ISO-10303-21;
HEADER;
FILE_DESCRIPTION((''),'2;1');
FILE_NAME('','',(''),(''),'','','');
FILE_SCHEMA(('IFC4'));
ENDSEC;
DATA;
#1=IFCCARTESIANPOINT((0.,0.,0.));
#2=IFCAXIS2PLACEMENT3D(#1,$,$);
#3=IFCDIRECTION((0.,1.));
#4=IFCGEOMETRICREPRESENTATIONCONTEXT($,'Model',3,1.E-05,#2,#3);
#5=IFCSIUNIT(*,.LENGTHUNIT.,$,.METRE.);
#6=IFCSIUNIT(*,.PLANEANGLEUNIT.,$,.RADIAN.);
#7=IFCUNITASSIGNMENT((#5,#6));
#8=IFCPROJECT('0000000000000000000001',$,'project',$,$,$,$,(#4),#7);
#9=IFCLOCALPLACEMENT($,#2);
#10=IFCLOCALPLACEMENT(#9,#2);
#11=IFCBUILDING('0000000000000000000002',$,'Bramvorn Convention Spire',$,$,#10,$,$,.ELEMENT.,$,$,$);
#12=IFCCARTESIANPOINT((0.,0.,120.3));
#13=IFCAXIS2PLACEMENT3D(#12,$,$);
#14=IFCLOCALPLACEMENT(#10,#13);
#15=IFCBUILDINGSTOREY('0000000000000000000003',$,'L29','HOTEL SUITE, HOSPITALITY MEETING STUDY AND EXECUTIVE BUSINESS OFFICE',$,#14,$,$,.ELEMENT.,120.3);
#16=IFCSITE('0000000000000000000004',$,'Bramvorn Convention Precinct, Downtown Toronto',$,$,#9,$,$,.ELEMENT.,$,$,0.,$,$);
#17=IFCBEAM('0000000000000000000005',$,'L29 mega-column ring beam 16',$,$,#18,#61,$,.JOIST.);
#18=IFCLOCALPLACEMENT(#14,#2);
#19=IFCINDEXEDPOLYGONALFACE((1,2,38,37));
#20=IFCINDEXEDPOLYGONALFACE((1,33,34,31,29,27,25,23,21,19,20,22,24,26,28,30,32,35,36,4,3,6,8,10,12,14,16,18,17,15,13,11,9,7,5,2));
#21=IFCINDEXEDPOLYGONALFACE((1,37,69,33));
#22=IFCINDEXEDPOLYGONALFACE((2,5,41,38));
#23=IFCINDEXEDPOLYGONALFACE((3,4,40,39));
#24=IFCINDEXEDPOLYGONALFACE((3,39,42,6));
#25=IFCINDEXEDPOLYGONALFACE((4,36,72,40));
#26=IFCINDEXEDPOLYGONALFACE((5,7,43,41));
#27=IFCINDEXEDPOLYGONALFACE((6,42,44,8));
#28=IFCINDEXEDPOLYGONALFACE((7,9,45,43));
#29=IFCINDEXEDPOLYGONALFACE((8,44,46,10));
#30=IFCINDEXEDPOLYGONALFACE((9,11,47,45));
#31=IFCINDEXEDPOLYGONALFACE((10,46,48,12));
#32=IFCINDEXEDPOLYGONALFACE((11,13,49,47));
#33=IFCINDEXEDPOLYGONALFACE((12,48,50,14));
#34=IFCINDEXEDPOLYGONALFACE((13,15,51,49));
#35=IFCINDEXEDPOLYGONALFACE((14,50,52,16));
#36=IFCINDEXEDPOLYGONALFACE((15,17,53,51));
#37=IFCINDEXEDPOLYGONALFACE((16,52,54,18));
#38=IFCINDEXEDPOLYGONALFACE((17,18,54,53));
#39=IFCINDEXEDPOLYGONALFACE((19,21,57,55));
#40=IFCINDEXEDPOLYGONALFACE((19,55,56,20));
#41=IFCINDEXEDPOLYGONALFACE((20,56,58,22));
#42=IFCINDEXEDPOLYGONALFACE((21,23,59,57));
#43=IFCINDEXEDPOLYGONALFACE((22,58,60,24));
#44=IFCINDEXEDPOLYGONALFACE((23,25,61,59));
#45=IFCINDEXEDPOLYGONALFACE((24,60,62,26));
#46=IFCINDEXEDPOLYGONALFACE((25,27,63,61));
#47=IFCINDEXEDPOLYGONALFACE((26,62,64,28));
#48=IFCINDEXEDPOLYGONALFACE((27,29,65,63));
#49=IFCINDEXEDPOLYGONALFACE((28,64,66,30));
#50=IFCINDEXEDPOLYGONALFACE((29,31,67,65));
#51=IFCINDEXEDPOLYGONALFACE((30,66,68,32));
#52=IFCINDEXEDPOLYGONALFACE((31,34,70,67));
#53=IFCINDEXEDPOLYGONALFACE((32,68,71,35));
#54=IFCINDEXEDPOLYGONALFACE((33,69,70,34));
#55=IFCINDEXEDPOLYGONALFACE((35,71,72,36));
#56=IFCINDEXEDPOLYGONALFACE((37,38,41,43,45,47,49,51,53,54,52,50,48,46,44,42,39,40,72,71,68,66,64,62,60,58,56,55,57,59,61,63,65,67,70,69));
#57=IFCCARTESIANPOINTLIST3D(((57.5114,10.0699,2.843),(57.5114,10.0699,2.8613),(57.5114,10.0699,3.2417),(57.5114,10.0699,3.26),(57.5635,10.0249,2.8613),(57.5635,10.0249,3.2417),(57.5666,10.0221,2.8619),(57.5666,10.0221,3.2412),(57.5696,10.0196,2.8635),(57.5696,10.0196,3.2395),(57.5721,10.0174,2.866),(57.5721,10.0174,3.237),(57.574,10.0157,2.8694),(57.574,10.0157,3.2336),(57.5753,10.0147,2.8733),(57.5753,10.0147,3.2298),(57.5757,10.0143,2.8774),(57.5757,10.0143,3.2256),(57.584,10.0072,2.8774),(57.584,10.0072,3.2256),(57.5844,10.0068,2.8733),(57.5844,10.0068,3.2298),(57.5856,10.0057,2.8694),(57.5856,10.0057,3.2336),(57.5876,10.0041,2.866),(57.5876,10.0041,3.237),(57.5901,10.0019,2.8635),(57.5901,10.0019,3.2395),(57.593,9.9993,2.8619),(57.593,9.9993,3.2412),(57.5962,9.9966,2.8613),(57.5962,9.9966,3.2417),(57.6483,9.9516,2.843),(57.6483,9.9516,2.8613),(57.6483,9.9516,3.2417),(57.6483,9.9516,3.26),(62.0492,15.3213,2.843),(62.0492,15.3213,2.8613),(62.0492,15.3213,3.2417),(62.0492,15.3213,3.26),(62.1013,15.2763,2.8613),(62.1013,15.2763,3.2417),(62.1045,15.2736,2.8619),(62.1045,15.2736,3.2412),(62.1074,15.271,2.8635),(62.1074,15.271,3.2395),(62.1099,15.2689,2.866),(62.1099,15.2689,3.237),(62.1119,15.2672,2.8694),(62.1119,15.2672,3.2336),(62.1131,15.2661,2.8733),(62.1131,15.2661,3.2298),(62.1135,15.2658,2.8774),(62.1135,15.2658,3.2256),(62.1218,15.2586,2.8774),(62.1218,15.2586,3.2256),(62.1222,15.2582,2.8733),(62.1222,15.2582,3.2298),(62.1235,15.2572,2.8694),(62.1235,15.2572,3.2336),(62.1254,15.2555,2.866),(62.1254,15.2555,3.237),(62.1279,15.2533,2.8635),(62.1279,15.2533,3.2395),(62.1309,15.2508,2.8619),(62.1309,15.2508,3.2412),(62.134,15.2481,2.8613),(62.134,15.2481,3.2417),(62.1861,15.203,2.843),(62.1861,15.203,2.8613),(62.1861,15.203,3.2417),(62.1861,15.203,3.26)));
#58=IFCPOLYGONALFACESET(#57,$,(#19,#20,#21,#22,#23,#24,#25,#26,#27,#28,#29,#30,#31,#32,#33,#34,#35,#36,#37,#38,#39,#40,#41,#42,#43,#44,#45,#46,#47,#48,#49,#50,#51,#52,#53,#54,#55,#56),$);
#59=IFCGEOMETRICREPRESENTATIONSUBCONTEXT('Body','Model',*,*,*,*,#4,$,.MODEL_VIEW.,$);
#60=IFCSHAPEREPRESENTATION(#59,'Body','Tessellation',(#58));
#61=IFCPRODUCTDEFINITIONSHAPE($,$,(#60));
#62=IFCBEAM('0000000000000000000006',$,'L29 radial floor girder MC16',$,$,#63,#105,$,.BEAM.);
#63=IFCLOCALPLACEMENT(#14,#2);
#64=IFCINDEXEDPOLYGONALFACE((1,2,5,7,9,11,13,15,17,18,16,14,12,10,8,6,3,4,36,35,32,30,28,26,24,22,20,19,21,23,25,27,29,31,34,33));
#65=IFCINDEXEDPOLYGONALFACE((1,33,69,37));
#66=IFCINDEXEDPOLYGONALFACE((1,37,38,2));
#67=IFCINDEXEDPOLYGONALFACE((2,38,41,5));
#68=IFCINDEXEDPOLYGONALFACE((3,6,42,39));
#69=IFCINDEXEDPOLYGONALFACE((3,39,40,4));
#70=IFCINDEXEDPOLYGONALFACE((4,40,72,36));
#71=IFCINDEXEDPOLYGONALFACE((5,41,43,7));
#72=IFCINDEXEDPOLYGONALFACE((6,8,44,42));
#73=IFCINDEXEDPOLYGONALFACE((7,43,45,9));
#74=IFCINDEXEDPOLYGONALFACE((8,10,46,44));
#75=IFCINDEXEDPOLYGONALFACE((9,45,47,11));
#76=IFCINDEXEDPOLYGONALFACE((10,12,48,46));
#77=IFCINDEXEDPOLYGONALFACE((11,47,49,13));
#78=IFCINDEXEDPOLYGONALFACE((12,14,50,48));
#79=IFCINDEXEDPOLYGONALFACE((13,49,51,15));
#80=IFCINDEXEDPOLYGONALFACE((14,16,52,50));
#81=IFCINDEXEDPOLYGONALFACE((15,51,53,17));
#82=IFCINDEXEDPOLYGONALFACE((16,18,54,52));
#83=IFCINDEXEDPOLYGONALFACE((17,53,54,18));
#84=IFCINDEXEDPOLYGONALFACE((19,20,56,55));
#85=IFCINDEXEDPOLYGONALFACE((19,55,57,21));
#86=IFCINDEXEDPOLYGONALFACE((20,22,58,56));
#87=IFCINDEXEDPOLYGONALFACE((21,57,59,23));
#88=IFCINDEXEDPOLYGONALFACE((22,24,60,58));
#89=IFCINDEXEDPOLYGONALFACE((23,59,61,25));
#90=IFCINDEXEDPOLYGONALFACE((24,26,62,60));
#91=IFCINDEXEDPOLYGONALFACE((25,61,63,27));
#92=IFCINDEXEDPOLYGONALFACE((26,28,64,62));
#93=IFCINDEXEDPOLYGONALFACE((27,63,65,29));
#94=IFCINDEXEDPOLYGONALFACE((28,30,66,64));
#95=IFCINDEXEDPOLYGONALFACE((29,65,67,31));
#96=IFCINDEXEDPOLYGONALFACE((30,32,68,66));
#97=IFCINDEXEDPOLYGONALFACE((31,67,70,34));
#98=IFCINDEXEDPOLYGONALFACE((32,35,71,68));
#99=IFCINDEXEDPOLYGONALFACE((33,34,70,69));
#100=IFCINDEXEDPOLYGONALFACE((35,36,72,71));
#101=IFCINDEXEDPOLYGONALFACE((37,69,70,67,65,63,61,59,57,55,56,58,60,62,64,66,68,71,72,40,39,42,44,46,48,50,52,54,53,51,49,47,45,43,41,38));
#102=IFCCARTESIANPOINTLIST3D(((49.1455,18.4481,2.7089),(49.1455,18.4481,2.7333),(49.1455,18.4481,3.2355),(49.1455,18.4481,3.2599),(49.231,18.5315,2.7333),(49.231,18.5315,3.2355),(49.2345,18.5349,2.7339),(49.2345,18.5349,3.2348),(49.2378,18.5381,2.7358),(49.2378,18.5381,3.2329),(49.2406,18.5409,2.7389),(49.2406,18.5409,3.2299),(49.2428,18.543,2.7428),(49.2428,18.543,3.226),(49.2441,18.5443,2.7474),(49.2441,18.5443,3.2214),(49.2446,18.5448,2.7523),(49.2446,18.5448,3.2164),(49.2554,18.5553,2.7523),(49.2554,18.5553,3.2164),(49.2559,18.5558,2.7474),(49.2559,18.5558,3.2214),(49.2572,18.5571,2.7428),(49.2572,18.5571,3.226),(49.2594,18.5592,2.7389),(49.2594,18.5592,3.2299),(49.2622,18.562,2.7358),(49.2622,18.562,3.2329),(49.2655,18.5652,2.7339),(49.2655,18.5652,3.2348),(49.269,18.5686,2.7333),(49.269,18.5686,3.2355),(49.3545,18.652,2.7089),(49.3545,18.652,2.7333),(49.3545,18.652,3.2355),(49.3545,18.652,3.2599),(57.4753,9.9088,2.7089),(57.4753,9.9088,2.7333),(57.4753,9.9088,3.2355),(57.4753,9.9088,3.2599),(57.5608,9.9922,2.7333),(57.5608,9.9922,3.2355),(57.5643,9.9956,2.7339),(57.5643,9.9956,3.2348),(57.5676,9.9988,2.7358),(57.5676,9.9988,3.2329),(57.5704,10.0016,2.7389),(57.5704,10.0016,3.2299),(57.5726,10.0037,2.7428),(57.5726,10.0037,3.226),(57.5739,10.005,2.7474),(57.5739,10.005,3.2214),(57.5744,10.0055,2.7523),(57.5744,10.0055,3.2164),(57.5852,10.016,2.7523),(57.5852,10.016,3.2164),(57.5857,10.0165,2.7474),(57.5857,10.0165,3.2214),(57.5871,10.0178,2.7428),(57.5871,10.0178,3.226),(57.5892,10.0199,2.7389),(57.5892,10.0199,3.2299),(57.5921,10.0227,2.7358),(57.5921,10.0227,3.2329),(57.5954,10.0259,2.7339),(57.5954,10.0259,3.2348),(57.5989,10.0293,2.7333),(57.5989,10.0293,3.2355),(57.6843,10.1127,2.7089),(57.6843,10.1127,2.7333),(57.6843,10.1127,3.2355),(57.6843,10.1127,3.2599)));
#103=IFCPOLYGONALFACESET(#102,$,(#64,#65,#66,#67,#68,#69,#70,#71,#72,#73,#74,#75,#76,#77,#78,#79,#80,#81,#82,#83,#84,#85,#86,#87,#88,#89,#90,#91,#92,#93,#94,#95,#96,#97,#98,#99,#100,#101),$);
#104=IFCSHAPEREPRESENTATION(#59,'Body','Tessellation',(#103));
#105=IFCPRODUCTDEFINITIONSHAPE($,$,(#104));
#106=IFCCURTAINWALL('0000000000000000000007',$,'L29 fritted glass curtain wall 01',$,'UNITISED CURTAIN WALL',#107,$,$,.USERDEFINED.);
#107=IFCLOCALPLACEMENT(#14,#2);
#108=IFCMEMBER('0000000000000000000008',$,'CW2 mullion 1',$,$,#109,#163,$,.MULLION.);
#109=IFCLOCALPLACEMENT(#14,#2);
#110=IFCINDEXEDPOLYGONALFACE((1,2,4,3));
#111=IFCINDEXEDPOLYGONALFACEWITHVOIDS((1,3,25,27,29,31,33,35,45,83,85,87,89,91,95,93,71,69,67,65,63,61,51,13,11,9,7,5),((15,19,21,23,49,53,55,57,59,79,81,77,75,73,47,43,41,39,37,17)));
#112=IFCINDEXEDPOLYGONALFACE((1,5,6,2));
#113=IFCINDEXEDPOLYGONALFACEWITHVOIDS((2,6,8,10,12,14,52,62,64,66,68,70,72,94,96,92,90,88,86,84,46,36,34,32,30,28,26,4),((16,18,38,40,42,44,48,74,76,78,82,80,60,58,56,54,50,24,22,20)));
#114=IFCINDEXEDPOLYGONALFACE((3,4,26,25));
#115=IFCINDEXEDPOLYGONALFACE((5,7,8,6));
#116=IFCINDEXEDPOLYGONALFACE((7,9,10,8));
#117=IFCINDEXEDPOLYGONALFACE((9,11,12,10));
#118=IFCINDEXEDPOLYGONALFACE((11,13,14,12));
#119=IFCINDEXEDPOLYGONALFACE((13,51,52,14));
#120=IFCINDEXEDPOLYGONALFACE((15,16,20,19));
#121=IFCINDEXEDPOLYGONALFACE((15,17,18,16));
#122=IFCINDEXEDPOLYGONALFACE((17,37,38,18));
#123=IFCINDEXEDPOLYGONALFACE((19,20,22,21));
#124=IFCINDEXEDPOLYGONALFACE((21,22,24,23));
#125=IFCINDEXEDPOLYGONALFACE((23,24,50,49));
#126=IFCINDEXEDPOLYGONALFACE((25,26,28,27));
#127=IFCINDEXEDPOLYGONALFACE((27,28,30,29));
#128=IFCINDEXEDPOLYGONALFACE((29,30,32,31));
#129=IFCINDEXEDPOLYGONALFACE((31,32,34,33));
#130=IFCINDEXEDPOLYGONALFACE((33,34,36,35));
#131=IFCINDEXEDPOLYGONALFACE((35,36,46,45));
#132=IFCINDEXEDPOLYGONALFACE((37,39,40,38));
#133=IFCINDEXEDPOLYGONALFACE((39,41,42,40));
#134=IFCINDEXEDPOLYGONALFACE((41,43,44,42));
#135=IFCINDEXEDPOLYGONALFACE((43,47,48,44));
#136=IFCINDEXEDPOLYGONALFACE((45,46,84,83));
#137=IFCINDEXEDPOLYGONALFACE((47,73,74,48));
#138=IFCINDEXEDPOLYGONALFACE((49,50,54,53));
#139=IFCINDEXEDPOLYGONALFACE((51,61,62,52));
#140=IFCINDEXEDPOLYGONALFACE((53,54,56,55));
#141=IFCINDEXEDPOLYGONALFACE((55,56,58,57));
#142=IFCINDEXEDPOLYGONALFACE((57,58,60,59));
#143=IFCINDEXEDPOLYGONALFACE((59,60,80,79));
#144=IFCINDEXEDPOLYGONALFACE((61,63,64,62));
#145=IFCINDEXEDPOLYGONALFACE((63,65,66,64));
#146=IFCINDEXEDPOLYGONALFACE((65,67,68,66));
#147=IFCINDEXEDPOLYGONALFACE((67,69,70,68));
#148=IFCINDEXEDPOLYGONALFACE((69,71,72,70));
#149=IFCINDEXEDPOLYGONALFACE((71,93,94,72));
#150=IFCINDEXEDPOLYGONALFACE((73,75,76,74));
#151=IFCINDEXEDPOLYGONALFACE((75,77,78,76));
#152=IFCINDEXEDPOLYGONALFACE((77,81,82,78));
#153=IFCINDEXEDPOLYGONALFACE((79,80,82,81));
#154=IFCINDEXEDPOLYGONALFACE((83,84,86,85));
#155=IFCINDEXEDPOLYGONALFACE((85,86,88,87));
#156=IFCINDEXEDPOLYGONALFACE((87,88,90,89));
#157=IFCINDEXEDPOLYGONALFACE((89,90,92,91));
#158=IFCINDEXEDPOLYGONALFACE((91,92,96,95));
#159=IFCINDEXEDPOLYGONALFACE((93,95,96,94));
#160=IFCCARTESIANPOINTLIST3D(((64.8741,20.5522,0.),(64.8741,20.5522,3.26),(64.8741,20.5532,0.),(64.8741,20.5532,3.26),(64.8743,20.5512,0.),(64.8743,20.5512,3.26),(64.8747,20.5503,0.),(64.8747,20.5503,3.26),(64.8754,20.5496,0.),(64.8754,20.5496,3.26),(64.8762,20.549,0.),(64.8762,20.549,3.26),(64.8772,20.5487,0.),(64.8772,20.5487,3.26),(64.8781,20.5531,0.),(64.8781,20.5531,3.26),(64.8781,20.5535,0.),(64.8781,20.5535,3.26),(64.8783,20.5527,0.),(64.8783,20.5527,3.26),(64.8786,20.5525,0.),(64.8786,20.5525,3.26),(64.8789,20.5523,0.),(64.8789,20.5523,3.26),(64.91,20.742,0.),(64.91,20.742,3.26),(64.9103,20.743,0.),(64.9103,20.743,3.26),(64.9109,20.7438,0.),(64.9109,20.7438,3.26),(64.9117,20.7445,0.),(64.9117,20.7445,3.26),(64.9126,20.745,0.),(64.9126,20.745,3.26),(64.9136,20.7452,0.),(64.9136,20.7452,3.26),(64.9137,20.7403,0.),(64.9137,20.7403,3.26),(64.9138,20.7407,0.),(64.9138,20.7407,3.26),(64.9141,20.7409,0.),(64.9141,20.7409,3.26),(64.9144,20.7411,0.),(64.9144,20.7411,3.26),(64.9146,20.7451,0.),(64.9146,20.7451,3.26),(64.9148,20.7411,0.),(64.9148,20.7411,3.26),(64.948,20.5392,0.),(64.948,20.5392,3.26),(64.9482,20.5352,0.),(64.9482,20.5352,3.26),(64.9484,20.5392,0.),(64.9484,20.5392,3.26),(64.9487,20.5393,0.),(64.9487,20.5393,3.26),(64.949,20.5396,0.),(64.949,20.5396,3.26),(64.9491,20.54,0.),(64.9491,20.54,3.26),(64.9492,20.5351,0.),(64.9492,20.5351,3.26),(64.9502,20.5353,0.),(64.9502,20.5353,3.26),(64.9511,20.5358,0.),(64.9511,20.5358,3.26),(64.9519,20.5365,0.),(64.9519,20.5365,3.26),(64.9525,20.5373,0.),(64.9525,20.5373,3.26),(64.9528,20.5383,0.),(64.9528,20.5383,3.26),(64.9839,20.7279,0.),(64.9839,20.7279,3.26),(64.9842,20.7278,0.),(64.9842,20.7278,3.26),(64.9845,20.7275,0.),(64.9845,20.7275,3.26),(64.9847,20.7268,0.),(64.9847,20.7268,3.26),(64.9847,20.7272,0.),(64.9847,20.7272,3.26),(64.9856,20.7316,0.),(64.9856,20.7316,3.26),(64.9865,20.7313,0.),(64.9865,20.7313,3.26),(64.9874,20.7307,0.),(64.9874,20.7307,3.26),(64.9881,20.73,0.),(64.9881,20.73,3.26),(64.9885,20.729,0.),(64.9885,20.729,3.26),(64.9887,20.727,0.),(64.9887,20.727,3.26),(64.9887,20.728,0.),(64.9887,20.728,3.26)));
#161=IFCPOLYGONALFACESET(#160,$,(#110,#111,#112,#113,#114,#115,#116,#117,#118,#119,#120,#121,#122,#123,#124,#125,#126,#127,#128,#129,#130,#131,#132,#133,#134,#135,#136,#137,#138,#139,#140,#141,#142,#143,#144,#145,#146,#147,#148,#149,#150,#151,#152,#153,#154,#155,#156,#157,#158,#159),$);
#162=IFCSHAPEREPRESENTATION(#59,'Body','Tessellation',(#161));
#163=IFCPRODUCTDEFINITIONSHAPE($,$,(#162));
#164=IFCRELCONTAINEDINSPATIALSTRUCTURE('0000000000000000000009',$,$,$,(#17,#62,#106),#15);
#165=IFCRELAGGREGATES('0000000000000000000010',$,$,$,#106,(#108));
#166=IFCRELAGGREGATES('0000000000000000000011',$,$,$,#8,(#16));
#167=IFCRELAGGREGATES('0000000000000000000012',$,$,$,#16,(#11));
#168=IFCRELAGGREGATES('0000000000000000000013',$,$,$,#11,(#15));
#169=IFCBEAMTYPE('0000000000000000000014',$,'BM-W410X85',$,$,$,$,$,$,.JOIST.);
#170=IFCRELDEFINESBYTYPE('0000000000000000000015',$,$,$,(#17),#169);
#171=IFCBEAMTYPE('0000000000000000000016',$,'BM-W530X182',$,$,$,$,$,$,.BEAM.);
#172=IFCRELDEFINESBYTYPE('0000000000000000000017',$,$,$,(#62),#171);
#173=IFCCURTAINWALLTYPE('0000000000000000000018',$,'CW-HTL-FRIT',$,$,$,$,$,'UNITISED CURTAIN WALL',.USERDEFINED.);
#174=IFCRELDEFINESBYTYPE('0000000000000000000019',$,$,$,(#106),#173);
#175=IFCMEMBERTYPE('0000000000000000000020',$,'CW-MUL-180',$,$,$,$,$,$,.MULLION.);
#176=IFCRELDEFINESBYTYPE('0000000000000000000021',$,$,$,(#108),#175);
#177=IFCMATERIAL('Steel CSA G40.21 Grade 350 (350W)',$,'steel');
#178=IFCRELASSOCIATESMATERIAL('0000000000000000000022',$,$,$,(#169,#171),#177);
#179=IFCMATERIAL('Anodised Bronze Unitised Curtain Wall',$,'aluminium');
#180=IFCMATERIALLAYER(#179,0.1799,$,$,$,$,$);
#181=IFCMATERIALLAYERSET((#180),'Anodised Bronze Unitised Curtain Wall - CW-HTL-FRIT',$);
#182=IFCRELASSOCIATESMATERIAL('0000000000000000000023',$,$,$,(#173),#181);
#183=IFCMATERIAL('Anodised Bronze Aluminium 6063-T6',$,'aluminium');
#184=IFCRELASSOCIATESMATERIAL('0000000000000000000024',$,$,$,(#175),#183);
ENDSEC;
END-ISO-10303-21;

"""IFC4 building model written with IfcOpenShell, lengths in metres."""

from ifc_helpers import new_model, si_unit, direction, frame, origin, origin_2d, place, context, subcontext, project, spatial, hollow_rectangle, i_section, extrude, material, layer, layer_set, material_profile, profile_set, type_object, element, aggregate, save


model = new_model("IFC4")

# Units and contexts
model_context = context("Model", 3, precision=1e-05, world=origin(), true_north=direction((0.0, 1.0)))
body_context = subcontext(model_context, "Body", "Model", "MODEL_VIEW")
ifc_project = project(units=[si_unit("LENGTHUNIT", "METRE"), si_unit("PLANEANGLEUNIT", "RADIAN")], contexts=[model_context])

# Site, building, storey
site_placement = place(None, origin())
site = spatial("IfcSite", under=ifc_project, at=site_placement, Name="Bramvorn Convention Precinct, Downtown Toronto", CompositionType="ELEMENT", RefElevation=0.0)
building_placement = place(site_placement, origin())
building = spatial("IfcBuilding", under=site, at=building_placement, Name="Bramvorn Convention Spire", CompositionType="ELEMENT")
storey_placement = place(building_placement, frame((0.0, 0.0, 120.3)))
storey = spatial("IfcBuildingStorey", under=building, at=storey_placement, Name="L29", Description="HOTEL SUITE, HOSPITALITY MEETING STUDY AND EXECUTIVE BUSINESS OFFICE", CompositionType="ELEMENT", Elevation=120.3)

# Shared definitions
ifc_material_1 = material(Name="Steel CSA G40.21 Grade 350 (350W)", Category="steel")

# Beams
ifc_material_profile_1 = material_profile(ifc_material_1, i_section(OverallWidth=0.1809, OverallDepth=0.417, WebThickness=0.011, FlangeThickness=0.0183, FilletRadius=0.0161, at=origin_2d()))
ifc_profile_set_1 = profile_set([ifc_material_profile_1], Name="Steel CSA G40.21 Grade 350 (350W) - W410X85")
beam_type_1 = type_object("IfcBeamType", Name="BM-W410X85", PredefinedType="JOIST", material=ifc_profile_set_1)
beam_1_placement = place(storey_placement, frame((57.5798, 10.0107, 3.0515), z_axis=(0.653825, 0.756646, 0.0), x_axis=(-0.756646, 0.653825, 0.0)))
element("IfcBeam", 1, at=beam_1_placement, inside=storey, type_object=beam_type_1, Name="L29 mega-column ring beam 16", PredefinedType="JOIST", context=body_context, shape_type="SweptSolid", body=[
    extrude(i_section(OverallWidth=0.1809, OverallDepth=0.417, WebThickness=0.011, FlangeThickness=0.0183, FilletRadius=0.0161, at=origin_2d()), origin(), (0.0, 0.0, 1.0), 6.9404),
])
ifc_material_profile_2 = material_profile(ifc_material_1, i_section(OverallWidth=0.292, OverallDepth=0.551, WebThickness=0.0151, FlangeThickness=0.0244, FilletRadius=0.019, at=origin_2d()))
ifc_profile_set_2 = profile_set([ifc_material_profile_2], Name="Steel CSA G40.21 Grade 350 (350W) - W530X182")
beam_type_2 = type_object("IfcBeamType", Name="BM-W530X182", PredefinedType="BEAM", material=ifc_profile_set_2)
beam_2_placement = place(storey_placement, frame((49.25, 18.55, 2.9844), z_axis=(0.698272, -0.715832, 0.0), x_axis=(0.715832, 0.698272, 0.0)))
element("IfcBeam", 2, at=beam_2_placement, inside=storey, type_object=beam_type_2, Name="L29 radial floor girder MC16", PredefinedType="BEAM", context=body_context, shape_type="SweptSolid", body=[
    extrude(i_section(OverallWidth=0.292, OverallDepth=0.551, WebThickness=0.0151, FlangeThickness=0.0244, FilletRadius=0.019, at=origin_2d()), origin(), (0.0, 0.0, 1.0), 11.9292),
])

# Curtain wall, member
ifc_material_2 = material(Name="Anodised Bronze Unitised Curtain Wall", Category="aluminium")
ifc_layer_1 = layer(ifc_material_2, 0.1799)
ifc_layer_set_1 = layer_set([ifc_layer_1], Name="Anodised Bronze Unitised Curtain Wall - CW-HTL-FRIT")
curtain_wall_type = type_object("IfcCurtainWallType", Name="CW-HTL-FRIT", ElementType="UNITISED CURTAIN WALL", PredefinedType="USERDEFINED", material=ifc_layer_set_1)
curtain_wall_1_placement = place(storey_placement, origin())
curtain_wall_1 = element("IfcCurtainWall", 3, at=curtain_wall_1_placement, inside=storey, type_object=curtain_wall_type, Name="L29 fritted glass curtain wall 01", ObjectType="UNITISED CURTAIN WALL", PredefinedType="USERDEFINED")
ifc_material_3 = material(Name="Anodised Bronze Aluminium 6063-T6", Category="aluminium")
ifc_material_profile_3 = material_profile(ifc_material_3, hollow_rectangle(XDim=0.0801, YDim=0.2, WallThickness=0.0039, InnerFilletRadius=0.001, OuterFilletRadius=0.0039, at=origin_2d()))
ifc_profile_set_3 = profile_set([ifc_material_profile_3], Name="Anodised Bronze Aluminium 6063-T6 - CWM80X200")
member_type_1 = type_object("IfcMemberType", Name="CW-MUL-180", PredefinedType="MULLION", material=ifc_profile_set_3)
member_1_placement = place(storey_placement, frame((64.9314, 20.6401, 0.0), z_axis=(0.0, 0.0, 1.0), x_axis=(0.982382, -0.186887, 0.0)))
member_1 = element("IfcMember", 4, at=member_1_placement, type_object=member_type_1, Name="CW2 mullion 1", PredefinedType="MULLION", context=body_context, shape_type="SweptSolid", body=[
    extrude(hollow_rectangle(XDim=0.0801, YDim=0.2, WallThickness=0.0039, InnerFilletRadius=0.001, OuterFilletRadius=0.0039, at=origin_2d()), origin(), (0.0, 0.0, 1.0), 3.26),
])

aggregate(curtain_wall_1, [member_1])

save(model, "model.ifc")
